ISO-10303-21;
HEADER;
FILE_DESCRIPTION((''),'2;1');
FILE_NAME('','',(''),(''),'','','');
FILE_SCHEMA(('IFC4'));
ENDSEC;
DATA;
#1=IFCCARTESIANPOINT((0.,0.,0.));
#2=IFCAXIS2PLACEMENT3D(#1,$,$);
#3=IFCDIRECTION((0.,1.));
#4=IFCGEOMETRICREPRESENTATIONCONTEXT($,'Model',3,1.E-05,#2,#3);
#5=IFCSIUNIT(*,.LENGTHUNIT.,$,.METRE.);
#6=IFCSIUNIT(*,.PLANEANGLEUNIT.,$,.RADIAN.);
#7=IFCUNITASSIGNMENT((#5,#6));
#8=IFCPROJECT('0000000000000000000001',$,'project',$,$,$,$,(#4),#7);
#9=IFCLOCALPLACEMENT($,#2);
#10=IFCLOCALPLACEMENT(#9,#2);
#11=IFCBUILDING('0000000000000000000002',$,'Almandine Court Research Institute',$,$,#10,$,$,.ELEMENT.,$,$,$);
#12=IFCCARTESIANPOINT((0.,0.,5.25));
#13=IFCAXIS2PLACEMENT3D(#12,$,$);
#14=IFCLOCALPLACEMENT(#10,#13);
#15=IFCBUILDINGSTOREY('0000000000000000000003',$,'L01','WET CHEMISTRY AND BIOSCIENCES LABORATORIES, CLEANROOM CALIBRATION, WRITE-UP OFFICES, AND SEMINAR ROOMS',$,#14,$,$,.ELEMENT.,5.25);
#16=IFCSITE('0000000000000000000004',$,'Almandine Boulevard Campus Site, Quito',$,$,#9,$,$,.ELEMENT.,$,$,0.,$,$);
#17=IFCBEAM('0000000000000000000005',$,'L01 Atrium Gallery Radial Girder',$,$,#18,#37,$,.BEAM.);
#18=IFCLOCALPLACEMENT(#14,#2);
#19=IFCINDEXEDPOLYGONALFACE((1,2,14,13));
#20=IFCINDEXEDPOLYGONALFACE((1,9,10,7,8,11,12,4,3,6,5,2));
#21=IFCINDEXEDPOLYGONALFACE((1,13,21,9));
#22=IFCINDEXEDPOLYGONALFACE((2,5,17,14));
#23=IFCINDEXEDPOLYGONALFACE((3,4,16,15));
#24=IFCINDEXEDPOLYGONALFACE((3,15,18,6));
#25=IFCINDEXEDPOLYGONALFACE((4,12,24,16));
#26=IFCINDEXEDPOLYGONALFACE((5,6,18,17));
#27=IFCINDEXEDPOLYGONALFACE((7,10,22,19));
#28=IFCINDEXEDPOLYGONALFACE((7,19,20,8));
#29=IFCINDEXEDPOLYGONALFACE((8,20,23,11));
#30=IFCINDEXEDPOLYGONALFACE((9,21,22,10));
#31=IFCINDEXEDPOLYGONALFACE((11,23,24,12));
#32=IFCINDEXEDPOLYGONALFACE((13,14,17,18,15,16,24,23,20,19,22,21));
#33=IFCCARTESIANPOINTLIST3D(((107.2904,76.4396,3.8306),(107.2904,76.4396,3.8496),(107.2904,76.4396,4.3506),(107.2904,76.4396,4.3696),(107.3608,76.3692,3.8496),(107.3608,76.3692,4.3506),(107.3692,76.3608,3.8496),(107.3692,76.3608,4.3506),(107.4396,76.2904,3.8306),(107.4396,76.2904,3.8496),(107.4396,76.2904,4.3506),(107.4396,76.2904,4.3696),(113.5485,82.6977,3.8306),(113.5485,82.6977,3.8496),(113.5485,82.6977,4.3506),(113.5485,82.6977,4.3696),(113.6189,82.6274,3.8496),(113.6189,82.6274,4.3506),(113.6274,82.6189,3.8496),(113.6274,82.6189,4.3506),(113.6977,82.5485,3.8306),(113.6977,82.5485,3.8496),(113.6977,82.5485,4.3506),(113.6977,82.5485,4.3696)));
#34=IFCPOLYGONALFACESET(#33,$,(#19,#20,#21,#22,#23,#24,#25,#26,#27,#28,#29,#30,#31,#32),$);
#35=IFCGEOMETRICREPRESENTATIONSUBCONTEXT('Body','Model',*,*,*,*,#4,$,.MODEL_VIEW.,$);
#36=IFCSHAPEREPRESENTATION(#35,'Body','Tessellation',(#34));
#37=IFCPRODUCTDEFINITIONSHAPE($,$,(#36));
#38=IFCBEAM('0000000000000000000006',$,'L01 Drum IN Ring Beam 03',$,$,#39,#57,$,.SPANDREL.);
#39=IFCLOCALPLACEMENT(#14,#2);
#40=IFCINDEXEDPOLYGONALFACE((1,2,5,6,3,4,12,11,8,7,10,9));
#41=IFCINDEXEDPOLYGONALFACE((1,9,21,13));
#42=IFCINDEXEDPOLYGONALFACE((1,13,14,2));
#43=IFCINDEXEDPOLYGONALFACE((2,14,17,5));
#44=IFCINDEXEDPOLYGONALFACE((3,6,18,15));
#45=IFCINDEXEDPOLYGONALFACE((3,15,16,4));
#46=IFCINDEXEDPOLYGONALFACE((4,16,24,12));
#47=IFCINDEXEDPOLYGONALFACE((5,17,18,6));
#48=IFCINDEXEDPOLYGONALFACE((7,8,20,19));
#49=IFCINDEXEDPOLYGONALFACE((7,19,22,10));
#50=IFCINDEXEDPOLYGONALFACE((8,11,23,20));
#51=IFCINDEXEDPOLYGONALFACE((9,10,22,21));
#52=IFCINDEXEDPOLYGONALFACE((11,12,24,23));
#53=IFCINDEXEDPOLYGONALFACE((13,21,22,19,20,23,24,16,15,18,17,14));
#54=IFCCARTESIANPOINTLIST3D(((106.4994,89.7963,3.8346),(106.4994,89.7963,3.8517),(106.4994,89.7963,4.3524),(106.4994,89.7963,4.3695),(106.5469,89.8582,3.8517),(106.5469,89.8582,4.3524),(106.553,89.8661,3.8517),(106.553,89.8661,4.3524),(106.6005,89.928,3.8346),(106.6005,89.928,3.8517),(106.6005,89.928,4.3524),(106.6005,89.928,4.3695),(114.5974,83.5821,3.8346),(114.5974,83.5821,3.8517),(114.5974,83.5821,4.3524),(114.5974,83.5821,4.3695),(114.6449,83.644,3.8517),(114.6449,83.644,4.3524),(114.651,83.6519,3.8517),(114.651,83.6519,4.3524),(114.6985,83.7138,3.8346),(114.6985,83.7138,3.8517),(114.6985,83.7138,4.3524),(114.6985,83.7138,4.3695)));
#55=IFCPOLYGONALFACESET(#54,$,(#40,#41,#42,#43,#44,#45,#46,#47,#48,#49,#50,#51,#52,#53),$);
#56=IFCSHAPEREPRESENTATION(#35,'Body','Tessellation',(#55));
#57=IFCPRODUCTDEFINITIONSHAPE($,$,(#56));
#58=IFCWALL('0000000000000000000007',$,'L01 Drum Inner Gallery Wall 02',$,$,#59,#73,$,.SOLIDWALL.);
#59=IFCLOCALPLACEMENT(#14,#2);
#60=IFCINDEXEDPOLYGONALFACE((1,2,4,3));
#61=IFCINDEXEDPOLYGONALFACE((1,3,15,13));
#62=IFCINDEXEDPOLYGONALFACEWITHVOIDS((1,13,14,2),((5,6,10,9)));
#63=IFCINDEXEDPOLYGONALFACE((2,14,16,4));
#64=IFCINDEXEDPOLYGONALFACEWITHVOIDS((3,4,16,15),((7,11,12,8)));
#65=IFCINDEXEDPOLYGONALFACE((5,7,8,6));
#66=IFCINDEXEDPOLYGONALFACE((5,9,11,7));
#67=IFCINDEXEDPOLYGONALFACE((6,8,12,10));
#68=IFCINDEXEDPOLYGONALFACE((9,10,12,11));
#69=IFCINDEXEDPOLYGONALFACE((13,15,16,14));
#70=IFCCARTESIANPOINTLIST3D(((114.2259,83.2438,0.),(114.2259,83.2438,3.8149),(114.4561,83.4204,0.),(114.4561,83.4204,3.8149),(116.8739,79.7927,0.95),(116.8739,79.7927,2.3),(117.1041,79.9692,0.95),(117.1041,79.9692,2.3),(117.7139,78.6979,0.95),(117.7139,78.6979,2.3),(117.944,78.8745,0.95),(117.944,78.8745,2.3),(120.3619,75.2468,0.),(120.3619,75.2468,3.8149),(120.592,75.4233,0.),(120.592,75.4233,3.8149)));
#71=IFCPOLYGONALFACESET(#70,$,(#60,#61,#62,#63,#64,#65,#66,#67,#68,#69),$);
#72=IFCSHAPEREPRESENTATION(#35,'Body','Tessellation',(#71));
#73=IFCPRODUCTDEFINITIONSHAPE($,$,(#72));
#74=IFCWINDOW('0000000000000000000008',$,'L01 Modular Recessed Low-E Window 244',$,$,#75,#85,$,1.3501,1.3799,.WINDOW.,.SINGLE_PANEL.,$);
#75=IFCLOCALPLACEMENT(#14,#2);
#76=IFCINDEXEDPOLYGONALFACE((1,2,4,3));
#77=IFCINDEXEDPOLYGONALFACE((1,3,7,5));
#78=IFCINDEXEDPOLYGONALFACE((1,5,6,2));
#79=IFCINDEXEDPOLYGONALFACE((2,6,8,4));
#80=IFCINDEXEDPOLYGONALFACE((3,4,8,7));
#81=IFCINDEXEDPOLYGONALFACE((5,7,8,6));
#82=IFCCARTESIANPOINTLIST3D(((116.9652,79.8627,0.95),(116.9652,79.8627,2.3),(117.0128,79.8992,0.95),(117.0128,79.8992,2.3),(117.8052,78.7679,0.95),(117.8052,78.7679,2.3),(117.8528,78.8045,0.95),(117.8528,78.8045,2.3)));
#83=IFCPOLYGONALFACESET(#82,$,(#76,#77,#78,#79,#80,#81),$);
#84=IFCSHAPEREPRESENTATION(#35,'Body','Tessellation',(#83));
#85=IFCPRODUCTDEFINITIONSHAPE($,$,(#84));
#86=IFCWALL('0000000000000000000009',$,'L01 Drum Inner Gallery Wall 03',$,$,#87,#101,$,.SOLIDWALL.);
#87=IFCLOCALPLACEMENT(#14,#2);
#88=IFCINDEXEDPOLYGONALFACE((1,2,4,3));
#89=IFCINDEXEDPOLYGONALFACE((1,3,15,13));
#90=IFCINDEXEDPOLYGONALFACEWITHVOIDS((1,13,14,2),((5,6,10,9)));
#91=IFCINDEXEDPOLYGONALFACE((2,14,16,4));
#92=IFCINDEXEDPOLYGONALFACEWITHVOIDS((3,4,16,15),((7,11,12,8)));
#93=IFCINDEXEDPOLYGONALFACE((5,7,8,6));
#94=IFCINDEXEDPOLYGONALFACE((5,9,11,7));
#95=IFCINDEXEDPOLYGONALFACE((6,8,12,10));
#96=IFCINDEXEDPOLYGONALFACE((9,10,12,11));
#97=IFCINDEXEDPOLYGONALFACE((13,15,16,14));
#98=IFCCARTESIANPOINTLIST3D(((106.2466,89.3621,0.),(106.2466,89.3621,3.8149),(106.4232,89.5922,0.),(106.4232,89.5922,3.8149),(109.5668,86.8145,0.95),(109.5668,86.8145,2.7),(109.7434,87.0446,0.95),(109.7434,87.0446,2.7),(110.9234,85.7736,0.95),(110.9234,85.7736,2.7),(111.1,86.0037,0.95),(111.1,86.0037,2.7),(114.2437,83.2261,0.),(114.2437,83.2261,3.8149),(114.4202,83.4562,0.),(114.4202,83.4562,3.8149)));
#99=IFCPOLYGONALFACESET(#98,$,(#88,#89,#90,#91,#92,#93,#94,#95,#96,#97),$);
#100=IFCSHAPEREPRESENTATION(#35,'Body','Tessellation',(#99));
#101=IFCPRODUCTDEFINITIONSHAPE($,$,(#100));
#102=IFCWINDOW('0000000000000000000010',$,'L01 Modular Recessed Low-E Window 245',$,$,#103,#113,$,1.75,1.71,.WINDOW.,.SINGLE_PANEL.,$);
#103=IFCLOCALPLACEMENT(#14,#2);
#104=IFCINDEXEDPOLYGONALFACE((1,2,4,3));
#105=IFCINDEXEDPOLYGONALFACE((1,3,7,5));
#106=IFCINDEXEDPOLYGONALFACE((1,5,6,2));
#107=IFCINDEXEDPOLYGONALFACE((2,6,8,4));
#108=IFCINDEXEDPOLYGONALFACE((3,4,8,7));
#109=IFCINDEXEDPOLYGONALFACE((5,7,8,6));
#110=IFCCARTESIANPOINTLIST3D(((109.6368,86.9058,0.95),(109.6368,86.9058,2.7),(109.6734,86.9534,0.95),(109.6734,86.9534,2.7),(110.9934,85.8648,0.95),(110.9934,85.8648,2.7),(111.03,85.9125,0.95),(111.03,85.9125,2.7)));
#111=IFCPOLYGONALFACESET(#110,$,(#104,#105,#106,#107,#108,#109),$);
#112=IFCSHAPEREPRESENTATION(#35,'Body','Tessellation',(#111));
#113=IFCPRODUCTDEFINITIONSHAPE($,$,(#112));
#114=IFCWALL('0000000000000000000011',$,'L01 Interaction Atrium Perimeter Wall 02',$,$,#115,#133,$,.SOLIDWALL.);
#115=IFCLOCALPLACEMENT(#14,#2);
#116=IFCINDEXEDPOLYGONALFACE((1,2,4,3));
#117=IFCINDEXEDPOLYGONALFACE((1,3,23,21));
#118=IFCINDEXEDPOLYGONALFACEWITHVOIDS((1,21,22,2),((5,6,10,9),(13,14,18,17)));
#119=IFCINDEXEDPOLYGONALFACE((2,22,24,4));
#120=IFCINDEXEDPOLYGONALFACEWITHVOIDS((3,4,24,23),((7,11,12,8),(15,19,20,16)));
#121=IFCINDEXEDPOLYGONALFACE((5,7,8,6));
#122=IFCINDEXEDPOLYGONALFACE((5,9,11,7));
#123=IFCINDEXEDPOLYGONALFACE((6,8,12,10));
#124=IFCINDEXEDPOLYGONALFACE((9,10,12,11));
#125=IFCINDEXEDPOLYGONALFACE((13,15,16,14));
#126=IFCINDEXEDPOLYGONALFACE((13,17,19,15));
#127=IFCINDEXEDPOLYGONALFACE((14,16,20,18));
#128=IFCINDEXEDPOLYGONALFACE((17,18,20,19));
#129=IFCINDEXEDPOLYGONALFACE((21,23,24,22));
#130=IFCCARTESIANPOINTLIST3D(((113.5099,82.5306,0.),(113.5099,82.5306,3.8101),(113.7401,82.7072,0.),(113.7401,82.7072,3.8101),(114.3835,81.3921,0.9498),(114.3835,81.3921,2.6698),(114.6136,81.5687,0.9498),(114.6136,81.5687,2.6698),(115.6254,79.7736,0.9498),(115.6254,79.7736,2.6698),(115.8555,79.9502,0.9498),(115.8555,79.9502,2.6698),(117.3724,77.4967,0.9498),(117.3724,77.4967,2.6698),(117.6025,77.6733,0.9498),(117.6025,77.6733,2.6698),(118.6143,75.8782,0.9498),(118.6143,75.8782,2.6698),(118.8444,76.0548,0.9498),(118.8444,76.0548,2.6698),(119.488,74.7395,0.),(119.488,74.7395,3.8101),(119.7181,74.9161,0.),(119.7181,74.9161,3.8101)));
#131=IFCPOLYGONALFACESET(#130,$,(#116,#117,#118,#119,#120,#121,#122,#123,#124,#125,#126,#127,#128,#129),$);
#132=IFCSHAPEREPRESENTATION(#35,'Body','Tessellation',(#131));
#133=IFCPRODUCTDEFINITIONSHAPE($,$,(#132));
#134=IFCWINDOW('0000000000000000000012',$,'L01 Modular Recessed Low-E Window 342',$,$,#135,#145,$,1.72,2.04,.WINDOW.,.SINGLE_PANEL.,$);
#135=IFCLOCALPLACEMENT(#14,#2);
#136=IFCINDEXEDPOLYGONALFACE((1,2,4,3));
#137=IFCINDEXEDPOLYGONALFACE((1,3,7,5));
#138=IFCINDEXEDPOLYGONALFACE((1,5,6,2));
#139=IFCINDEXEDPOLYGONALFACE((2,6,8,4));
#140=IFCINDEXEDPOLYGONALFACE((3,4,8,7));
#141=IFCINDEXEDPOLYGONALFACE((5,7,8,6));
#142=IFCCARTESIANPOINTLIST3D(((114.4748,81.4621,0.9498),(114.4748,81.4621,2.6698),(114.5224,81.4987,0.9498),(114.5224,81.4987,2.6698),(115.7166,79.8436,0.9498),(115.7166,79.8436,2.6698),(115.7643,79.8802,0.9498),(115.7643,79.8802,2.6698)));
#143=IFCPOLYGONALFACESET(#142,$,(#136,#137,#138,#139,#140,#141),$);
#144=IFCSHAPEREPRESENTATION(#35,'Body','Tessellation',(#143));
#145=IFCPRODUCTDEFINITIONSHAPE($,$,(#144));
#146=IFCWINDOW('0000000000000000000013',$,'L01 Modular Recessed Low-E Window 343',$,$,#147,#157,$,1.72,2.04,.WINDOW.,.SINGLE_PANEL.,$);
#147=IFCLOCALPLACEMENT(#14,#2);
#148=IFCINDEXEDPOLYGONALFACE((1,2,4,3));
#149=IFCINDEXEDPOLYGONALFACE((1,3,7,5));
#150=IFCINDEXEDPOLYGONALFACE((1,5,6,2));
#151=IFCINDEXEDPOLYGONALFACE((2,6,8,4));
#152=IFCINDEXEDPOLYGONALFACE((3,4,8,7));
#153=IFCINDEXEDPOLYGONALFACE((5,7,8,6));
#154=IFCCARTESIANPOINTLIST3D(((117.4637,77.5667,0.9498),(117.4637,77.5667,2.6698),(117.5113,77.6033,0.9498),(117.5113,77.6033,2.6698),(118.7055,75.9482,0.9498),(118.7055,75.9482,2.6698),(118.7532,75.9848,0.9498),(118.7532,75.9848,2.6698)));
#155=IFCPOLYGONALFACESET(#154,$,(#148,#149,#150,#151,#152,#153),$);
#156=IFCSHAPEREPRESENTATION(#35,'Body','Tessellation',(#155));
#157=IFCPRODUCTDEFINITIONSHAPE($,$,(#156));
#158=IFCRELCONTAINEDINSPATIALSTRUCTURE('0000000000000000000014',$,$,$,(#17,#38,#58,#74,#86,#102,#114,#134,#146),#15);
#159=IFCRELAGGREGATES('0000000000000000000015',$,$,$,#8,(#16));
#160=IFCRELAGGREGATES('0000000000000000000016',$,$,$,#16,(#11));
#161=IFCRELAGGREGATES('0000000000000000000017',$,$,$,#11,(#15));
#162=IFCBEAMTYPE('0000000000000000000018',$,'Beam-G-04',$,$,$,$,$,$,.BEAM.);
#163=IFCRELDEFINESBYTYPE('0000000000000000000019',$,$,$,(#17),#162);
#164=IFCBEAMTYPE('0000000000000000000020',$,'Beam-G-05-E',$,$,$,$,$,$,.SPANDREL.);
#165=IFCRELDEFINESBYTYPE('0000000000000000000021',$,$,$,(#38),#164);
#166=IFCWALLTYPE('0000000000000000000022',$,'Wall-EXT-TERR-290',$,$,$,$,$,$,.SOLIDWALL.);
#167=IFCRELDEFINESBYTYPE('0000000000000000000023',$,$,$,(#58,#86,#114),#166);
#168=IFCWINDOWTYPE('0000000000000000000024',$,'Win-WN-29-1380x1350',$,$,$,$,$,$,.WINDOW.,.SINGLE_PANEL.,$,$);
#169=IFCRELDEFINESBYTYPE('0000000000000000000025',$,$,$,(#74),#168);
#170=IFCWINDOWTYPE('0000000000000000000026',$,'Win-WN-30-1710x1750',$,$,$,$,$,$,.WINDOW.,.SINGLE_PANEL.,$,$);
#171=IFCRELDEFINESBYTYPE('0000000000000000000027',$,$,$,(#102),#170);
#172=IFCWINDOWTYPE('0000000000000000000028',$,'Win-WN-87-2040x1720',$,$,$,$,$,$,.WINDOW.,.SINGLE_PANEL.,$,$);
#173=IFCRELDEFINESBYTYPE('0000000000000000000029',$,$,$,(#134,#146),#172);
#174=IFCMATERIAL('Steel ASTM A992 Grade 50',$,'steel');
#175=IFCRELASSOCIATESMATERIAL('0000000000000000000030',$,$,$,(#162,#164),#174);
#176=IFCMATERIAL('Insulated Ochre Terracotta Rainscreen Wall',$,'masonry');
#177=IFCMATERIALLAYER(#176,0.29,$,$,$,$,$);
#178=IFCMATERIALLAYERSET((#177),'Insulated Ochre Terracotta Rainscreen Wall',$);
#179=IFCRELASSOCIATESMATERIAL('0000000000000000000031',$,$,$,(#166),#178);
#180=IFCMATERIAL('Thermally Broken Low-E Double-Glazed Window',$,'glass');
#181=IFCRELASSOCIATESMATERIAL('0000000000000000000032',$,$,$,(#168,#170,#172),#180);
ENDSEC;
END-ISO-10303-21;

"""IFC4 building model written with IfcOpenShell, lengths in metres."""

from ifc_helpers import new_model, si_unit, direction, frame, frame_2d, origin, origin_2d, place, context, subcontext, project, spatial, rectangle, i_section, extrude, material, layer, layer_set, material_profile, profile_set, type_object, element, fill, save


model = new_model("IFC4")

# Units and contexts
model_context = context("Model", 3, precision=1e-05, world=origin(), true_north=direction((0.0, 1.0)))
body_context = subcontext(model_context, "Body", "Model", "MODEL_VIEW")
ifc_project = project(units=[si_unit("LENGTHUNIT", "METRE"), si_unit("PLANEANGLEUNIT", "RADIAN")], contexts=[model_context])

# Site, building, storey
site_placement = place(None, origin())
site = spatial("IfcSite", under=ifc_project, at=site_placement, Name="Almandine Boulevard Campus Site, Quito", CompositionType="ELEMENT", RefElevation=0.0)
building_placement = place(site_placement, origin())
building = spatial("IfcBuilding", under=site, at=building_placement, Name="Almandine Court Research Institute", CompositionType="ELEMENT")
storey_placement = place(building_placement, frame((0.0, 0.0, 5.25)))
storey = spatial("IfcBuildingStorey", under=building, at=storey_placement, Name="L01", Description="WET CHEMISTRY AND BIOSCIENCES LABORATORIES, CLEANROOM CALIBRATION, WRITE-UP OFFICES, AND SEMINAR ROOMS", CompositionType="ELEMENT", Elevation=5.25)

# Shared definitions
ifc_material_1 = material(Name="Steel ASTM A992 Grade 50", Category="steel")

# Beams
ifc_material_profile_1 = material_profile(ifc_material_1, i_section(OverallWidth=0.2109, OverallDepth=0.5391, WebThickness=0.012, FlangeThickness=0.019, at=origin_2d()), Name="W530x109")
ifc_profile_set_1 = profile_set([ifc_material_profile_1], Name="Steel ASTM A992 Grade 50")
beam_type_1 = type_object("IfcBeamType", Name="Beam-G-04", PredefinedType="BEAM", material=ifc_profile_set_1)
beam_1_placement = place(storey_placement, frame((107.365, 76.365, 4.1001), z_axis=(0.707107, 0.707107, 0.0), x_axis=(-0.707107, 0.707107, 0.0)))
element("IfcBeam", 1, at=beam_1_placement, inside=storey, type_object=beam_type_1, Name="L01 Atrium Gallery Radial Girder", PredefinedType="BEAM", context=body_context, shape_type="SweptSolid", body=[
    extrude(i_section(OverallWidth=0.2109, OverallDepth=0.5391, WebThickness=0.012, FlangeThickness=0.019, at=origin_2d()), origin(), (0.0, 0.0, 1.0), 8.8503),
])
ifc_material_profile_2 = material_profile(ifc_material_1, i_section(OverallWidth=0.166, OverallDepth=0.5349, WebThickness=0.01, FlangeThickness=0.0171, at=origin_2d()), Name="W530x85")
ifc_profile_set_2 = profile_set([ifc_material_profile_2], Name="Steel ASTM A992 Grade 50")
beam_type_2 = type_object("IfcBeamType", Name="Beam-G-05-E", PredefinedType="SPANDREL", material=ifc_profile_set_2)
beam_2_placement = place(storey_placement, frame((114.6479, 83.6479, 4.1021), z_axis=(-0.793336, 0.608784, 0.0), x_axis=(-0.608784, -0.793336, 0.0)))
element("IfcBeam", 2, at=beam_2_placement, inside=storey, type_object=beam_type_2, Name="L01 Drum IN Ring Beam 03", PredefinedType="SPANDREL", context=body_context, shape_type="SweptSolid", body=[
    extrude(i_section(OverallWidth=0.166, OverallDepth=0.5349, WebThickness=0.01, FlangeThickness=0.0171, at=origin_2d()), origin(), (0.0, 0.0, 1.0), 10.2075),
])

# Walls, openings, windows
ifc_material_2 = material(Name="Insulated Ochre Terracotta Rainscreen Wall", Category="masonry")
ifc_layer_1 = layer(ifc_material_2, 0.29)
ifc_layer_set_1 = layer_set([ifc_layer_1], Name="Insulated Ochre Terracotta Rainscreen Wall")
wall_type_1 = type_object("IfcWallType", Name="Wall-EXT-TERR-290", PredefinedType="SOLIDWALL", material=ifc_layer_set_1)
wall_1_placement = place(storey_placement, frame((120.4771, 75.335, 0.0), z_axis=(0.0, 0.0, 1.0), x_axis=(-0.608738, 0.793372, 0.0)))
wall_1 = element("IfcWall", 3, at=wall_1_placement, inside=storey, type_object=wall_type_1, Name="L01 Drum Inner Gallery Wall 02", PredefinedType="SOLIDWALL", context=body_context, shape_type="SweptSolid", body=[
    extrude(rectangle(XDim=10.0798, YDim=0.29, at=frame_2d((5.04, 0.0))), origin(), (0.0, 0.0, 1.0), 3.8149),
])
opening_1_placement = place(wall_1_placement, frame((4.3501, 0.0, 0.95)))
opening_1 = element("IfcOpeningElement", 4, at=opening_1_placement, cuts=wall_1, PredefinedType="OPENING", context=body_context, shape_type="SweptSolid", body=[
    extrude(rectangle(XDim=1.3799, YDim=1.3501, at=frame_2d((0.6899, 0.675))), frame((0.0, 0.155, 0.0), z_axis=(0.0, -1.0, 0.0), x_axis=(1.0, 0.0, 0.0)), (0.0, 0.0, 1.0), 0.3101),
])
ifc_material_3 = material(Name="Thermally Broken Low-E Double-Glazed Window", Category="glass")
window_type_1 = type_object("IfcWindowType", Name="Win-WN-29-1380x1350", PartitioningType="SINGLE_PANEL", PredefinedType="WINDOW", material=ifc_material_3)
window_1_placement = place(opening_1_placement, origin())
window_1 = element("IfcWindow", 5, at=window_1_placement, inside=storey, type_object=window_type_1, Name="L01 Modular Recessed Low-E Window 244", OverallHeight=1.3501, OverallWidth=1.3799, PartitioningType="SINGLE_PANEL", PredefinedType="WINDOW", context=body_context, shape_type="SweptSolid", body=[
    extrude(rectangle(XDim=1.3799, YDim=1.3501, at=frame_2d((0.6899, 0.675))), frame((0.0, 0.03, 0.0), z_axis=(0.0, -1.0, 0.0), x_axis=(1.0, 0.0, 0.0)), (0.0, 0.0, 1.0), 0.0601),
])
fill(opening_1, window_1)
wall_2_placement = place(storey_placement, frame((114.332, 83.3411, 0.0), z_axis=(0.0, 0.0, 1.0), x_axis=(-0.793372, 0.608738, 0.0)))
wall_2 = element("IfcWall", 6, at=wall_2_placement, inside=storey, type_object=wall_type_1, Name="L01 Drum Inner Gallery Wall 03", PredefinedType="SOLIDWALL", context=body_context, shape_type="SweptSolid", body=[
    extrude(rectangle(XDim=10.0798, YDim=0.29, at=frame_2d((5.04, 0.0))), origin(), (0.0, 0.0, 1.0), 3.8149),
])
opening_2_placement = place(wall_2_placement, frame((4.1851, 0.0, 0.95)))
opening_2 = element("IfcOpeningElement", 7, at=opening_2_placement, cuts=wall_2, PredefinedType="OPENING", context=body_context, shape_type="SweptSolid", body=[
    extrude(rectangle(XDim=1.71, YDim=1.75, at=frame_2d((0.855, 0.875))), frame((0.0, 0.155, 0.0), z_axis=(0.0, -1.0, 0.0), x_axis=(1.0, 0.0, 0.0)), (0.0, 0.0, 1.0), 0.3101),
])
window_type_2 = type_object("IfcWindowType", Name="Win-WN-30-1710x1750", PartitioningType="SINGLE_PANEL", PredefinedType="WINDOW", material=ifc_material_3)
window_2_placement = place(opening_2_placement, origin())
window_2 = element("IfcWindow", 8, at=window_2_placement, inside=storey, type_object=window_type_2, Name="L01 Modular Recessed Low-E Window 245", OverallHeight=1.75, OverallWidth=1.71, PartitioningType="SINGLE_PANEL", PredefinedType="WINDOW", context=body_context, shape_type="SweptSolid", body=[
    extrude(rectangle(XDim=1.71, YDim=1.75, at=frame_2d((0.855, 0.875))), frame((0.0, 0.03, 0.0), z_axis=(0.0, -1.0, 0.0), x_axis=(1.0, 0.0, 0.0)), (0.0, 0.0, 1.0), 0.0601),
])
fill(opening_2, window_2)

# Wall, openings, windows
wall_3_placement = place(storey_placement, frame((113.625, 82.6189, 0.0), z_axis=(0.0, 0.0, 1.0), x_axis=(0.608747, -0.793365, 0.0)))
wall_3 = element("IfcWall", 9, at=wall_3_placement, inside=storey, type_object=wall_type_1, Name="L01 Interaction Atrium Perimeter Wall 02", PredefinedType="SOLIDWALL", context=body_context, shape_type="SweptSolid", body=[
    extrude(rectangle(XDim=9.8203, YDim=0.29, at=frame_2d((4.9102, 0.0))), origin(), (0.0, 0.0, 1.0), 3.8101),
])
opening_3_placement = place(wall_3_placement, frame((1.4351, 0.0, 0.95)))
opening_3 = element("IfcOpeningElement", 10, at=opening_3_placement, cuts=wall_3, PredefinedType="OPENING", context=body_context, shape_type="SweptSolid", body=[
    extrude(rectangle(XDim=2.04, YDim=1.72, at=frame_2d((1.02, 0.8599))), frame((0.0, 0.155, 0.0), z_axis=(0.0, -1.0, 0.0), x_axis=(1.0, 0.0, 0.0)), (0.0, 0.0, 1.0), 0.3101),
])
opening_4_placement = place(wall_3_placement, frame((6.345, 0.0, 0.95)))
opening_4 = element("IfcOpeningElement", 11, at=opening_4_placement, cuts=wall_3, PredefinedType="OPENING", context=body_context, shape_type="SweptSolid", body=[
    extrude(rectangle(XDim=2.04, YDim=1.72, at=frame_2d((1.02, 0.8599))), frame((0.0, 0.155, 0.0), z_axis=(0.0, -1.0, 0.0), x_axis=(1.0, 0.0, 0.0)), (0.0, 0.0, 1.0), 0.3101),
])
window_type_3 = type_object("IfcWindowType", Name="Win-WN-87-2040x1720", PartitioningType="SINGLE_PANEL", PredefinedType="WINDOW", material=ifc_material_3)
window_3_placement = place(opening_3_placement, origin())
window_3 = element("IfcWindow", 12, at=window_3_placement, inside=storey, type_object=window_type_3, Name="L01 Modular Recessed Low-E Window 342", OverallHeight=1.72, OverallWidth=2.04, PartitioningType="SINGLE_PANEL", PredefinedType="WINDOW", context=body_context, shape_type="SweptSolid", body=[
    extrude(rectangle(XDim=2.04, YDim=1.72, at=frame_2d((1.02, 0.8599))), frame((0.0, 0.03, 0.0), z_axis=(0.0, -1.0, 0.0), x_axis=(1.0, 0.0, 0.0)), (0.0, 0.0, 1.0), 0.0601),
])
fill(opening_3, window_3)
window_4_placement = place(opening_4_placement, origin())
window_4 = element("IfcWindow", 13, at=window_4_placement, inside=storey, type_object=window_type_3, Name="L01 Modular Recessed Low-E Window 343", OverallHeight=1.72, OverallWidth=2.04, PartitioningType="SINGLE_PANEL", PredefinedType="WINDOW", context=body_context, shape_type="SweptSolid", body=[
    extrude(rectangle(XDim=2.04, YDim=1.72, at=frame_2d((1.02, 0.8599))), frame((0.0, 0.03, 0.0), z_axis=(0.0, -1.0, 0.0), x_axis=(1.0, 0.0, 0.0)), (0.0, 0.0, 1.0), 0.0601),
])
fill(opening_4, window_4)

save(model, "model.ifc")
